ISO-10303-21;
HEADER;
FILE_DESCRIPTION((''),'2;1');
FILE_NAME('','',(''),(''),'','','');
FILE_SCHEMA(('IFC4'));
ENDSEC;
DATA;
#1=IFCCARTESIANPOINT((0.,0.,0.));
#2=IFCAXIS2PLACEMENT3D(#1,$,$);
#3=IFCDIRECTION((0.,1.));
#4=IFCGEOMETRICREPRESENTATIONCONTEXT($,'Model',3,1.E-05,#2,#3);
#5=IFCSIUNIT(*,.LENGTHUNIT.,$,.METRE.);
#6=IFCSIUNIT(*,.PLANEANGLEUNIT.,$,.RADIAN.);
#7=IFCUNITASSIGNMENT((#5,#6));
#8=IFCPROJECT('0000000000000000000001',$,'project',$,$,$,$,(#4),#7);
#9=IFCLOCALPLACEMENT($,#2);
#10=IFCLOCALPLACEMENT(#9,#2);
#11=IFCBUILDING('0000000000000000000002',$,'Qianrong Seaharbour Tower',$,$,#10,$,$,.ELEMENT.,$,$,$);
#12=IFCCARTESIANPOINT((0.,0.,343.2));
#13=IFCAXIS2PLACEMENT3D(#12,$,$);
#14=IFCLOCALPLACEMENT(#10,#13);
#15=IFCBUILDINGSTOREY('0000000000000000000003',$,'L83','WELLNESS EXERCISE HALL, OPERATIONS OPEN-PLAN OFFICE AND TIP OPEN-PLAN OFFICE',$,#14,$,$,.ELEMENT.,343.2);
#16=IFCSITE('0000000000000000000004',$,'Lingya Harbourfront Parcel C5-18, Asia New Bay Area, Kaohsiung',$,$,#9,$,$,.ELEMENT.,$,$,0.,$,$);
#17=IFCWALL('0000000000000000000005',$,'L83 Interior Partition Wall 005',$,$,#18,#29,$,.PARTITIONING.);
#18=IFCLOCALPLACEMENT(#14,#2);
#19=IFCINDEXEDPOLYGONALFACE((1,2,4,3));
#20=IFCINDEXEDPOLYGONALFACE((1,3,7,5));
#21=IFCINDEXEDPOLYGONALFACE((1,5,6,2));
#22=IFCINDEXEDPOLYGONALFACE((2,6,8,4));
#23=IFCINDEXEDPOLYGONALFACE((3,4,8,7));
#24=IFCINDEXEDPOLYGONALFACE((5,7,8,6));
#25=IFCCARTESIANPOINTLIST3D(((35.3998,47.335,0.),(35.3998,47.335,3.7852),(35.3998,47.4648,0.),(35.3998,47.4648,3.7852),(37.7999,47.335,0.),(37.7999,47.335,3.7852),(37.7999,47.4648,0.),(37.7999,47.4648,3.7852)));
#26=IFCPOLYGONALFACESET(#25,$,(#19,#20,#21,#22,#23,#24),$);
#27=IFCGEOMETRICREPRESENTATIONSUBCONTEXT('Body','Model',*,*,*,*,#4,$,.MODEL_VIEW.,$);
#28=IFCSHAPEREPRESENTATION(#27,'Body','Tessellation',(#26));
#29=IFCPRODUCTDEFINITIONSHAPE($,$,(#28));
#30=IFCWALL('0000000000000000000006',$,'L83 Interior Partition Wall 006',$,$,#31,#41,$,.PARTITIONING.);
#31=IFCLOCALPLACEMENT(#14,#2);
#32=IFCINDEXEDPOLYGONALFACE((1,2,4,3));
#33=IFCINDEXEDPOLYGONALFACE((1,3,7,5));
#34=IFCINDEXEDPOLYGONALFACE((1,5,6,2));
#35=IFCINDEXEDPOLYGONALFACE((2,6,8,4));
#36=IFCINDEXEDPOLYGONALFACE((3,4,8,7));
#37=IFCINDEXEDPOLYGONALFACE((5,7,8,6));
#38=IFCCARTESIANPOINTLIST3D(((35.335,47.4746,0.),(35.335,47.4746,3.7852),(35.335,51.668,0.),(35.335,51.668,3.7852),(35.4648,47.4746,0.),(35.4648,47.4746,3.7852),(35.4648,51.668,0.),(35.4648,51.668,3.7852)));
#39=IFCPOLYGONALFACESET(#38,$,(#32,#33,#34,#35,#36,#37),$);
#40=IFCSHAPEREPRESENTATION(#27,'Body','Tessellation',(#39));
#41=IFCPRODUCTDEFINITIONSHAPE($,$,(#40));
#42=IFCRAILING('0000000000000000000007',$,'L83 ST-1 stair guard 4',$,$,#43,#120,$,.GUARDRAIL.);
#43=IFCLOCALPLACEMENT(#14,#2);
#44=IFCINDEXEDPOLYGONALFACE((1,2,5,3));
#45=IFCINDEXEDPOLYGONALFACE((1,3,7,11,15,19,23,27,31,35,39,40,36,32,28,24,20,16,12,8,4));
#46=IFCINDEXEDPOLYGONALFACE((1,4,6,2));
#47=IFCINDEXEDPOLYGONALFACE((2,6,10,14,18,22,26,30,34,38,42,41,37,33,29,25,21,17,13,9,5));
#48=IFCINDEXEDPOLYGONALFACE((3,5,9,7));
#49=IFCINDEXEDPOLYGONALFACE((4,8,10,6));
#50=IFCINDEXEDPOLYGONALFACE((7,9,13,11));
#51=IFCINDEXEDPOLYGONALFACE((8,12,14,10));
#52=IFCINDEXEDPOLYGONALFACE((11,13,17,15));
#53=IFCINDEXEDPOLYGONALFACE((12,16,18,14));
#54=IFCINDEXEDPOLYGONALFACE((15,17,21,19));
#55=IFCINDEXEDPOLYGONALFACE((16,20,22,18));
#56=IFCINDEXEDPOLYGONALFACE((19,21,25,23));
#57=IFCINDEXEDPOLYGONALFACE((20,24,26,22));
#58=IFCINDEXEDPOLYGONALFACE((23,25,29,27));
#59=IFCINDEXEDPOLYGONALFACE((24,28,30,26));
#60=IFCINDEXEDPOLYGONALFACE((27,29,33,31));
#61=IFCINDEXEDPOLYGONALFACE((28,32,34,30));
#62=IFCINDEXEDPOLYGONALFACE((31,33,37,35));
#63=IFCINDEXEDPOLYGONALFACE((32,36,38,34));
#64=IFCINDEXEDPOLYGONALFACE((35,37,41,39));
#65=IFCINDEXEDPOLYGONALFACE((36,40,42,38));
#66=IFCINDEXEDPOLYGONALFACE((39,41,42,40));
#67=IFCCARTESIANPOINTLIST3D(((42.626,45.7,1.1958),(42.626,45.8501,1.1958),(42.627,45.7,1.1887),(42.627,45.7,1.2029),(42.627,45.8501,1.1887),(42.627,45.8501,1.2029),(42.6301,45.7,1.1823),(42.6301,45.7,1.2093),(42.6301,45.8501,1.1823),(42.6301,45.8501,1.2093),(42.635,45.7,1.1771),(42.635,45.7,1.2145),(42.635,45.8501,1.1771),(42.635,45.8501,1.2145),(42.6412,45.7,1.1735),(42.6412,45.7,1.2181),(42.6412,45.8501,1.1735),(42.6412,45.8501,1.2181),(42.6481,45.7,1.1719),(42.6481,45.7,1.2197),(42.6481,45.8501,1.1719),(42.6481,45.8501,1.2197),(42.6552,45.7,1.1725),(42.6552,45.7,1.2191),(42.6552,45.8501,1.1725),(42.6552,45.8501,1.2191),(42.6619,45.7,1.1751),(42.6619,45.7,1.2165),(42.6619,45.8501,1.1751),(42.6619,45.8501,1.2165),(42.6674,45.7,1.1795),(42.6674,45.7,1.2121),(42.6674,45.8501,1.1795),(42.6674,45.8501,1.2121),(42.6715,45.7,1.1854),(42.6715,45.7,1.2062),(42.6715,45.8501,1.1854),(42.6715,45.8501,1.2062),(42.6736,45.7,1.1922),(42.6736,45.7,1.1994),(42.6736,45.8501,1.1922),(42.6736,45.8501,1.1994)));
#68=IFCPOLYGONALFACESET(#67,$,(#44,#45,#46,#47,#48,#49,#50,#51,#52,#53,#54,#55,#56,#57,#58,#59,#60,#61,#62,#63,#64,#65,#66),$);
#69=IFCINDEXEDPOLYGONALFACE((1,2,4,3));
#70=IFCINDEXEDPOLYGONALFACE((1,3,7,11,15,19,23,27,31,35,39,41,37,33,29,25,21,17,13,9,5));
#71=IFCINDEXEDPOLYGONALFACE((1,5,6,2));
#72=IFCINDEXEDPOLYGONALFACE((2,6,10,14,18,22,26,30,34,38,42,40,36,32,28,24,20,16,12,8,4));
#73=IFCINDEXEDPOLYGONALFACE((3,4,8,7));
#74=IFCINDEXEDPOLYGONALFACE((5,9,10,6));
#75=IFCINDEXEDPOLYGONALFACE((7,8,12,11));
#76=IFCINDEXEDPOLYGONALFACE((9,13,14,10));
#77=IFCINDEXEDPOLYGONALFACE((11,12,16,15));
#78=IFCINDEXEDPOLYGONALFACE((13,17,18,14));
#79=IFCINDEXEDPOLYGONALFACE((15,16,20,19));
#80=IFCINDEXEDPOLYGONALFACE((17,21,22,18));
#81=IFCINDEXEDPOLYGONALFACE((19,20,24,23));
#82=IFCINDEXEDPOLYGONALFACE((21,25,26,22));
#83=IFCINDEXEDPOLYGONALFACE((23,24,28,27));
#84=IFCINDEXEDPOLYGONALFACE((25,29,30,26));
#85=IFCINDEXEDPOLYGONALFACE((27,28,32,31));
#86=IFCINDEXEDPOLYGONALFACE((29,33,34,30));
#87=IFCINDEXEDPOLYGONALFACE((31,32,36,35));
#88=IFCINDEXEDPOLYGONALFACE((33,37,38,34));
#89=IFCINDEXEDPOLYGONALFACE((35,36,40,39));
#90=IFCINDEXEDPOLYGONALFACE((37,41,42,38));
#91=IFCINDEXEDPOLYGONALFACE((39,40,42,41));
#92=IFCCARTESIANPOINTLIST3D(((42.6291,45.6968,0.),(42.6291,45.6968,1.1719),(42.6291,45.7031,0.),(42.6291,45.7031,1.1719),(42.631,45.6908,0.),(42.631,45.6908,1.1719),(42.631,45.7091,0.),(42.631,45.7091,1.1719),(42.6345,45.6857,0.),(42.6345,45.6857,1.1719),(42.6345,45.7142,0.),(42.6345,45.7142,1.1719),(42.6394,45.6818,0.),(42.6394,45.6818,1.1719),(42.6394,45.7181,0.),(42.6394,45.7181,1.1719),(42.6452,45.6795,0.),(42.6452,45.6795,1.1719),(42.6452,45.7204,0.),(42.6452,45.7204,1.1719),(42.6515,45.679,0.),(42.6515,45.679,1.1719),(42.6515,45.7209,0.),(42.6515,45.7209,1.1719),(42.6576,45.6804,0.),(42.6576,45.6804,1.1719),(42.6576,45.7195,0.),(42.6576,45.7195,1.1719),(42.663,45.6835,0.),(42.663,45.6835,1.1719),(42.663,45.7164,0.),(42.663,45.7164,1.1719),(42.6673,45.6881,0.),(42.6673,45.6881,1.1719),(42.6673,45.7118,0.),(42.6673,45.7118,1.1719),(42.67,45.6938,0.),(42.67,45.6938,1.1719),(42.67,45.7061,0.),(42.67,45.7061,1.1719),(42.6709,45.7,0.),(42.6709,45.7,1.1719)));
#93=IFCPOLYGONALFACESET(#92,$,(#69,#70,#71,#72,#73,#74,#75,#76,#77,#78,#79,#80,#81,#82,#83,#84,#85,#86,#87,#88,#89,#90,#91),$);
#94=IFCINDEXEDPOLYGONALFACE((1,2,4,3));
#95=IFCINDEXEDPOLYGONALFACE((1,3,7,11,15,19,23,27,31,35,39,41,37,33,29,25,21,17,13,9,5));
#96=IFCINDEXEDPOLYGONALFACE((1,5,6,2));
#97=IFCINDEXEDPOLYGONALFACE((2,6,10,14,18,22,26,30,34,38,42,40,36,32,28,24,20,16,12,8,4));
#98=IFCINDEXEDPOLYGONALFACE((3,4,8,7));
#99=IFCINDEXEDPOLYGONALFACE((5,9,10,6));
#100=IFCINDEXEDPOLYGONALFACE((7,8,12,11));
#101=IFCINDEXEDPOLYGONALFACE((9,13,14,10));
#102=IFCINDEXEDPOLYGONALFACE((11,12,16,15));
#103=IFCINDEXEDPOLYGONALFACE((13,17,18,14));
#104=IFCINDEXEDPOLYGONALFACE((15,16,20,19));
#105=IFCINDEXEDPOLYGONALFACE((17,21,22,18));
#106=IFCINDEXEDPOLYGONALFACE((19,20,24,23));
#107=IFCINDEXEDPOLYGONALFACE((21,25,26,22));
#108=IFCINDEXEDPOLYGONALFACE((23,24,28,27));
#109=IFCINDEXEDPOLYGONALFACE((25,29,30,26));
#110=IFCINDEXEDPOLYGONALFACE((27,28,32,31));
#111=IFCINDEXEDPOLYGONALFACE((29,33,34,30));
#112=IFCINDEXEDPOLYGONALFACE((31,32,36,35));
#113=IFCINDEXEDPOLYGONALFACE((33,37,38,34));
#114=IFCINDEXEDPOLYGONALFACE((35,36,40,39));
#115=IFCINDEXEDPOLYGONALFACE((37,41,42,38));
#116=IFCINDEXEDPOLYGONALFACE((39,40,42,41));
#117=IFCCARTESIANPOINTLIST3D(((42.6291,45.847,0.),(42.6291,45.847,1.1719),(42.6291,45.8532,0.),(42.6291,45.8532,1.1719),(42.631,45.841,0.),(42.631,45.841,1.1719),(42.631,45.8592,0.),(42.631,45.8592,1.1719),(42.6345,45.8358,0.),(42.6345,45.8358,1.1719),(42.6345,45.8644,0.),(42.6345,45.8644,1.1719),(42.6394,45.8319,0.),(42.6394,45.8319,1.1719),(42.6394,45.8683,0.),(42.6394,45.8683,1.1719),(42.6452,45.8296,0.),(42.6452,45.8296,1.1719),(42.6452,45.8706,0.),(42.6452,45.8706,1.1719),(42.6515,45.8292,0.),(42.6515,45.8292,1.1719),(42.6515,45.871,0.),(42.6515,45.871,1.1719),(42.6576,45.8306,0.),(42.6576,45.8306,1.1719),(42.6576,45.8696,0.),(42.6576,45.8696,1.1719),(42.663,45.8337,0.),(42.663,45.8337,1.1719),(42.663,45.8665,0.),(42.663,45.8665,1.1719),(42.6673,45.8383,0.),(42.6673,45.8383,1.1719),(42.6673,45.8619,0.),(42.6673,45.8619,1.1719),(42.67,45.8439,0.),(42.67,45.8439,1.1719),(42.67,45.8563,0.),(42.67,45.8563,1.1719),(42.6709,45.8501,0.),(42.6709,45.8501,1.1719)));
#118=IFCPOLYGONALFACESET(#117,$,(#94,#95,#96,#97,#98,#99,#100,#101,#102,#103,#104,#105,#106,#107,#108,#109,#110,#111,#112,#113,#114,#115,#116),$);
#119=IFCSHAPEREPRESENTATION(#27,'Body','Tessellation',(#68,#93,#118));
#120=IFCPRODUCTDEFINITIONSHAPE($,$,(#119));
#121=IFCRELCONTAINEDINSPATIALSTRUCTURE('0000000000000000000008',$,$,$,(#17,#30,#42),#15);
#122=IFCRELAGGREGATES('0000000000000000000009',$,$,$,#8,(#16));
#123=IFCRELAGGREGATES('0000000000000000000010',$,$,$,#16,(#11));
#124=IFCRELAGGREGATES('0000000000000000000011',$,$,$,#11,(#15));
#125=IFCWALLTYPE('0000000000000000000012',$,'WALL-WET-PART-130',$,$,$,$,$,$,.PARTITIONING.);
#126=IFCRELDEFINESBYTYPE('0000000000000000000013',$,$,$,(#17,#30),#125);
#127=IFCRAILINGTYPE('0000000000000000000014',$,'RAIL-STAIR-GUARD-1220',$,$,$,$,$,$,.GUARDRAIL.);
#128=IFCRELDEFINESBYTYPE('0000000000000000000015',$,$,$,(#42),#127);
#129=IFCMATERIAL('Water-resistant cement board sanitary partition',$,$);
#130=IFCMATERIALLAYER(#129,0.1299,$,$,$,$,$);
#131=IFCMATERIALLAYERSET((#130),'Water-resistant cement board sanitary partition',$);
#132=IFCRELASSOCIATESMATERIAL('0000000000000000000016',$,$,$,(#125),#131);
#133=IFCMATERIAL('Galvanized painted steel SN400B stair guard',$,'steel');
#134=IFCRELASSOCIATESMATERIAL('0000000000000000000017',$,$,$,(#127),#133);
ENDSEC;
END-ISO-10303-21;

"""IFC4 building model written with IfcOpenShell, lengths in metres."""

from ifc_helpers import new_model, si_unit, direction, frame, frame_2d, origin, origin_2d, place, context, subcontext, project, spatial, rectangle, circle, extrude, material, layer, layer_set, type_object, element, save


model = new_model("IFC4")

# Units and contexts
model_context = context("Model", 3, precision=1e-05, world=origin(), true_north=direction((0.0, 1.0)))
body_context = subcontext(model_context, "Body", "Model", "MODEL_VIEW")
ifc_project = project(units=[si_unit("LENGTHUNIT", "METRE"), si_unit("PLANEANGLEUNIT", "RADIAN")], contexts=[model_context])

# Site, building, storey
site_placement = place(None, origin())
site = spatial("IfcSite", under=ifc_project, at=site_placement, Name="Lingya Harbourfront Parcel C5-18, Asia New Bay Area, Kaohsiung", CompositionType="ELEMENT", RefElevation=0.0)
building_placement = place(site_placement, origin())
building = spatial("IfcBuilding", under=site, at=building_placement, Name="Qianrong Seaharbour Tower", CompositionType="ELEMENT")
storey_placement = place(building_placement, frame((0.0, 0.0, 343.2)))
storey = spatial("IfcBuildingStorey", under=building, at=storey_placement, Name="L83", Description="WELLNESS EXERCISE HALL, OPERATIONS OPEN-PLAN OFFICE AND TIP OPEN-PLAN OFFICE", CompositionType="ELEMENT", Elevation=343.2)

# Shared definitions
ifc_material_1 = material(Name="Water-resistant cement board sanitary partition")
ifc_layer_1 = layer(ifc_material_1, 0.1299)
ifc_layer_set_1 = layer_set([ifc_layer_1], Name="Water-resistant cement board sanitary partition")
wall_type_1 = type_object("IfcWallType", Name="WALL-WET-PART-130", PredefinedType="PARTITIONING", material=ifc_layer_set_1)

# Walls
wall_1_placement = place(storey_placement, frame((37.8, 47.3999, 0.0), z_axis=(0.0, 0.0, 1.0), x_axis=(-1.0, 0.0, 0.0)))
element("IfcWall", 1, at=wall_1_placement, inside=storey, type_object=wall_type_1, Name="L83 Interior Partition Wall 005", PredefinedType="PARTITIONING", context=body_context, shape_type="SweptSolid", body=[
    extrude(rectangle(XDim=2.4001, YDim=0.1299, at=frame_2d((1.2002, 0.0))), origin(), (0.0, 0.0, 1.0), 3.7852),
])
wall_2_placement = place(storey_placement, frame((35.3999, 47.4746, 0.0), z_axis=(0.0, 0.0, 1.0), x_axis=(0.0, 1.0, 0.0)))
element("IfcWall", 2, at=wall_2_placement, inside=storey, type_object=wall_type_1, Name="L83 Interior Partition Wall 006", PredefinedType="PARTITIONING", context=body_context, shape_type="SweptSolid", body=[
    extrude(rectangle(XDim=4.1934, YDim=0.1299, at=frame_2d((2.0967, 0.0))), origin(), (0.0, 0.0, 1.0), 3.7852),
])

# Railing
ifc_material_2 = material(Name="Galvanized painted steel SN400B stair guard", Category="steel")
railing_type = type_object("IfcRailingType", Name="RAIL-STAIR-GUARD-1220", PredefinedType="GUARDRAIL", material=ifc_material_2)
railing_placement = place(storey_placement, frame((42.6499, 45.7, 0.0)))
element("IfcRailing", 3, at=railing_placement, inside=storey, type_object=railing_type, Name="L83 ST-1 stair guard 4", PredefinedType="GUARDRAIL", context=body_context, shape_type="SweptSolid", body=[
    extrude(circle(Radius=0.0239, at=origin_2d()), frame((0.0, 0.0, 1.1958), z_axis=(0.0, 1.0, 0.0), x_axis=(-1.0, 0.0, 0.0)), (0.0, 0.0, 1.0), 0.1501),
    extrude(circle(Radius=0.021, at=origin_2d()), origin(), (0.0, 0.0, 1.0), 1.1719),
    extrude(circle(Radius=0.021, at=origin_2d()), frame((0.0, 0.1501, 0.0)), (0.0, 0.0, 1.0), 1.1719),
])

save(model, "model.ifc")
